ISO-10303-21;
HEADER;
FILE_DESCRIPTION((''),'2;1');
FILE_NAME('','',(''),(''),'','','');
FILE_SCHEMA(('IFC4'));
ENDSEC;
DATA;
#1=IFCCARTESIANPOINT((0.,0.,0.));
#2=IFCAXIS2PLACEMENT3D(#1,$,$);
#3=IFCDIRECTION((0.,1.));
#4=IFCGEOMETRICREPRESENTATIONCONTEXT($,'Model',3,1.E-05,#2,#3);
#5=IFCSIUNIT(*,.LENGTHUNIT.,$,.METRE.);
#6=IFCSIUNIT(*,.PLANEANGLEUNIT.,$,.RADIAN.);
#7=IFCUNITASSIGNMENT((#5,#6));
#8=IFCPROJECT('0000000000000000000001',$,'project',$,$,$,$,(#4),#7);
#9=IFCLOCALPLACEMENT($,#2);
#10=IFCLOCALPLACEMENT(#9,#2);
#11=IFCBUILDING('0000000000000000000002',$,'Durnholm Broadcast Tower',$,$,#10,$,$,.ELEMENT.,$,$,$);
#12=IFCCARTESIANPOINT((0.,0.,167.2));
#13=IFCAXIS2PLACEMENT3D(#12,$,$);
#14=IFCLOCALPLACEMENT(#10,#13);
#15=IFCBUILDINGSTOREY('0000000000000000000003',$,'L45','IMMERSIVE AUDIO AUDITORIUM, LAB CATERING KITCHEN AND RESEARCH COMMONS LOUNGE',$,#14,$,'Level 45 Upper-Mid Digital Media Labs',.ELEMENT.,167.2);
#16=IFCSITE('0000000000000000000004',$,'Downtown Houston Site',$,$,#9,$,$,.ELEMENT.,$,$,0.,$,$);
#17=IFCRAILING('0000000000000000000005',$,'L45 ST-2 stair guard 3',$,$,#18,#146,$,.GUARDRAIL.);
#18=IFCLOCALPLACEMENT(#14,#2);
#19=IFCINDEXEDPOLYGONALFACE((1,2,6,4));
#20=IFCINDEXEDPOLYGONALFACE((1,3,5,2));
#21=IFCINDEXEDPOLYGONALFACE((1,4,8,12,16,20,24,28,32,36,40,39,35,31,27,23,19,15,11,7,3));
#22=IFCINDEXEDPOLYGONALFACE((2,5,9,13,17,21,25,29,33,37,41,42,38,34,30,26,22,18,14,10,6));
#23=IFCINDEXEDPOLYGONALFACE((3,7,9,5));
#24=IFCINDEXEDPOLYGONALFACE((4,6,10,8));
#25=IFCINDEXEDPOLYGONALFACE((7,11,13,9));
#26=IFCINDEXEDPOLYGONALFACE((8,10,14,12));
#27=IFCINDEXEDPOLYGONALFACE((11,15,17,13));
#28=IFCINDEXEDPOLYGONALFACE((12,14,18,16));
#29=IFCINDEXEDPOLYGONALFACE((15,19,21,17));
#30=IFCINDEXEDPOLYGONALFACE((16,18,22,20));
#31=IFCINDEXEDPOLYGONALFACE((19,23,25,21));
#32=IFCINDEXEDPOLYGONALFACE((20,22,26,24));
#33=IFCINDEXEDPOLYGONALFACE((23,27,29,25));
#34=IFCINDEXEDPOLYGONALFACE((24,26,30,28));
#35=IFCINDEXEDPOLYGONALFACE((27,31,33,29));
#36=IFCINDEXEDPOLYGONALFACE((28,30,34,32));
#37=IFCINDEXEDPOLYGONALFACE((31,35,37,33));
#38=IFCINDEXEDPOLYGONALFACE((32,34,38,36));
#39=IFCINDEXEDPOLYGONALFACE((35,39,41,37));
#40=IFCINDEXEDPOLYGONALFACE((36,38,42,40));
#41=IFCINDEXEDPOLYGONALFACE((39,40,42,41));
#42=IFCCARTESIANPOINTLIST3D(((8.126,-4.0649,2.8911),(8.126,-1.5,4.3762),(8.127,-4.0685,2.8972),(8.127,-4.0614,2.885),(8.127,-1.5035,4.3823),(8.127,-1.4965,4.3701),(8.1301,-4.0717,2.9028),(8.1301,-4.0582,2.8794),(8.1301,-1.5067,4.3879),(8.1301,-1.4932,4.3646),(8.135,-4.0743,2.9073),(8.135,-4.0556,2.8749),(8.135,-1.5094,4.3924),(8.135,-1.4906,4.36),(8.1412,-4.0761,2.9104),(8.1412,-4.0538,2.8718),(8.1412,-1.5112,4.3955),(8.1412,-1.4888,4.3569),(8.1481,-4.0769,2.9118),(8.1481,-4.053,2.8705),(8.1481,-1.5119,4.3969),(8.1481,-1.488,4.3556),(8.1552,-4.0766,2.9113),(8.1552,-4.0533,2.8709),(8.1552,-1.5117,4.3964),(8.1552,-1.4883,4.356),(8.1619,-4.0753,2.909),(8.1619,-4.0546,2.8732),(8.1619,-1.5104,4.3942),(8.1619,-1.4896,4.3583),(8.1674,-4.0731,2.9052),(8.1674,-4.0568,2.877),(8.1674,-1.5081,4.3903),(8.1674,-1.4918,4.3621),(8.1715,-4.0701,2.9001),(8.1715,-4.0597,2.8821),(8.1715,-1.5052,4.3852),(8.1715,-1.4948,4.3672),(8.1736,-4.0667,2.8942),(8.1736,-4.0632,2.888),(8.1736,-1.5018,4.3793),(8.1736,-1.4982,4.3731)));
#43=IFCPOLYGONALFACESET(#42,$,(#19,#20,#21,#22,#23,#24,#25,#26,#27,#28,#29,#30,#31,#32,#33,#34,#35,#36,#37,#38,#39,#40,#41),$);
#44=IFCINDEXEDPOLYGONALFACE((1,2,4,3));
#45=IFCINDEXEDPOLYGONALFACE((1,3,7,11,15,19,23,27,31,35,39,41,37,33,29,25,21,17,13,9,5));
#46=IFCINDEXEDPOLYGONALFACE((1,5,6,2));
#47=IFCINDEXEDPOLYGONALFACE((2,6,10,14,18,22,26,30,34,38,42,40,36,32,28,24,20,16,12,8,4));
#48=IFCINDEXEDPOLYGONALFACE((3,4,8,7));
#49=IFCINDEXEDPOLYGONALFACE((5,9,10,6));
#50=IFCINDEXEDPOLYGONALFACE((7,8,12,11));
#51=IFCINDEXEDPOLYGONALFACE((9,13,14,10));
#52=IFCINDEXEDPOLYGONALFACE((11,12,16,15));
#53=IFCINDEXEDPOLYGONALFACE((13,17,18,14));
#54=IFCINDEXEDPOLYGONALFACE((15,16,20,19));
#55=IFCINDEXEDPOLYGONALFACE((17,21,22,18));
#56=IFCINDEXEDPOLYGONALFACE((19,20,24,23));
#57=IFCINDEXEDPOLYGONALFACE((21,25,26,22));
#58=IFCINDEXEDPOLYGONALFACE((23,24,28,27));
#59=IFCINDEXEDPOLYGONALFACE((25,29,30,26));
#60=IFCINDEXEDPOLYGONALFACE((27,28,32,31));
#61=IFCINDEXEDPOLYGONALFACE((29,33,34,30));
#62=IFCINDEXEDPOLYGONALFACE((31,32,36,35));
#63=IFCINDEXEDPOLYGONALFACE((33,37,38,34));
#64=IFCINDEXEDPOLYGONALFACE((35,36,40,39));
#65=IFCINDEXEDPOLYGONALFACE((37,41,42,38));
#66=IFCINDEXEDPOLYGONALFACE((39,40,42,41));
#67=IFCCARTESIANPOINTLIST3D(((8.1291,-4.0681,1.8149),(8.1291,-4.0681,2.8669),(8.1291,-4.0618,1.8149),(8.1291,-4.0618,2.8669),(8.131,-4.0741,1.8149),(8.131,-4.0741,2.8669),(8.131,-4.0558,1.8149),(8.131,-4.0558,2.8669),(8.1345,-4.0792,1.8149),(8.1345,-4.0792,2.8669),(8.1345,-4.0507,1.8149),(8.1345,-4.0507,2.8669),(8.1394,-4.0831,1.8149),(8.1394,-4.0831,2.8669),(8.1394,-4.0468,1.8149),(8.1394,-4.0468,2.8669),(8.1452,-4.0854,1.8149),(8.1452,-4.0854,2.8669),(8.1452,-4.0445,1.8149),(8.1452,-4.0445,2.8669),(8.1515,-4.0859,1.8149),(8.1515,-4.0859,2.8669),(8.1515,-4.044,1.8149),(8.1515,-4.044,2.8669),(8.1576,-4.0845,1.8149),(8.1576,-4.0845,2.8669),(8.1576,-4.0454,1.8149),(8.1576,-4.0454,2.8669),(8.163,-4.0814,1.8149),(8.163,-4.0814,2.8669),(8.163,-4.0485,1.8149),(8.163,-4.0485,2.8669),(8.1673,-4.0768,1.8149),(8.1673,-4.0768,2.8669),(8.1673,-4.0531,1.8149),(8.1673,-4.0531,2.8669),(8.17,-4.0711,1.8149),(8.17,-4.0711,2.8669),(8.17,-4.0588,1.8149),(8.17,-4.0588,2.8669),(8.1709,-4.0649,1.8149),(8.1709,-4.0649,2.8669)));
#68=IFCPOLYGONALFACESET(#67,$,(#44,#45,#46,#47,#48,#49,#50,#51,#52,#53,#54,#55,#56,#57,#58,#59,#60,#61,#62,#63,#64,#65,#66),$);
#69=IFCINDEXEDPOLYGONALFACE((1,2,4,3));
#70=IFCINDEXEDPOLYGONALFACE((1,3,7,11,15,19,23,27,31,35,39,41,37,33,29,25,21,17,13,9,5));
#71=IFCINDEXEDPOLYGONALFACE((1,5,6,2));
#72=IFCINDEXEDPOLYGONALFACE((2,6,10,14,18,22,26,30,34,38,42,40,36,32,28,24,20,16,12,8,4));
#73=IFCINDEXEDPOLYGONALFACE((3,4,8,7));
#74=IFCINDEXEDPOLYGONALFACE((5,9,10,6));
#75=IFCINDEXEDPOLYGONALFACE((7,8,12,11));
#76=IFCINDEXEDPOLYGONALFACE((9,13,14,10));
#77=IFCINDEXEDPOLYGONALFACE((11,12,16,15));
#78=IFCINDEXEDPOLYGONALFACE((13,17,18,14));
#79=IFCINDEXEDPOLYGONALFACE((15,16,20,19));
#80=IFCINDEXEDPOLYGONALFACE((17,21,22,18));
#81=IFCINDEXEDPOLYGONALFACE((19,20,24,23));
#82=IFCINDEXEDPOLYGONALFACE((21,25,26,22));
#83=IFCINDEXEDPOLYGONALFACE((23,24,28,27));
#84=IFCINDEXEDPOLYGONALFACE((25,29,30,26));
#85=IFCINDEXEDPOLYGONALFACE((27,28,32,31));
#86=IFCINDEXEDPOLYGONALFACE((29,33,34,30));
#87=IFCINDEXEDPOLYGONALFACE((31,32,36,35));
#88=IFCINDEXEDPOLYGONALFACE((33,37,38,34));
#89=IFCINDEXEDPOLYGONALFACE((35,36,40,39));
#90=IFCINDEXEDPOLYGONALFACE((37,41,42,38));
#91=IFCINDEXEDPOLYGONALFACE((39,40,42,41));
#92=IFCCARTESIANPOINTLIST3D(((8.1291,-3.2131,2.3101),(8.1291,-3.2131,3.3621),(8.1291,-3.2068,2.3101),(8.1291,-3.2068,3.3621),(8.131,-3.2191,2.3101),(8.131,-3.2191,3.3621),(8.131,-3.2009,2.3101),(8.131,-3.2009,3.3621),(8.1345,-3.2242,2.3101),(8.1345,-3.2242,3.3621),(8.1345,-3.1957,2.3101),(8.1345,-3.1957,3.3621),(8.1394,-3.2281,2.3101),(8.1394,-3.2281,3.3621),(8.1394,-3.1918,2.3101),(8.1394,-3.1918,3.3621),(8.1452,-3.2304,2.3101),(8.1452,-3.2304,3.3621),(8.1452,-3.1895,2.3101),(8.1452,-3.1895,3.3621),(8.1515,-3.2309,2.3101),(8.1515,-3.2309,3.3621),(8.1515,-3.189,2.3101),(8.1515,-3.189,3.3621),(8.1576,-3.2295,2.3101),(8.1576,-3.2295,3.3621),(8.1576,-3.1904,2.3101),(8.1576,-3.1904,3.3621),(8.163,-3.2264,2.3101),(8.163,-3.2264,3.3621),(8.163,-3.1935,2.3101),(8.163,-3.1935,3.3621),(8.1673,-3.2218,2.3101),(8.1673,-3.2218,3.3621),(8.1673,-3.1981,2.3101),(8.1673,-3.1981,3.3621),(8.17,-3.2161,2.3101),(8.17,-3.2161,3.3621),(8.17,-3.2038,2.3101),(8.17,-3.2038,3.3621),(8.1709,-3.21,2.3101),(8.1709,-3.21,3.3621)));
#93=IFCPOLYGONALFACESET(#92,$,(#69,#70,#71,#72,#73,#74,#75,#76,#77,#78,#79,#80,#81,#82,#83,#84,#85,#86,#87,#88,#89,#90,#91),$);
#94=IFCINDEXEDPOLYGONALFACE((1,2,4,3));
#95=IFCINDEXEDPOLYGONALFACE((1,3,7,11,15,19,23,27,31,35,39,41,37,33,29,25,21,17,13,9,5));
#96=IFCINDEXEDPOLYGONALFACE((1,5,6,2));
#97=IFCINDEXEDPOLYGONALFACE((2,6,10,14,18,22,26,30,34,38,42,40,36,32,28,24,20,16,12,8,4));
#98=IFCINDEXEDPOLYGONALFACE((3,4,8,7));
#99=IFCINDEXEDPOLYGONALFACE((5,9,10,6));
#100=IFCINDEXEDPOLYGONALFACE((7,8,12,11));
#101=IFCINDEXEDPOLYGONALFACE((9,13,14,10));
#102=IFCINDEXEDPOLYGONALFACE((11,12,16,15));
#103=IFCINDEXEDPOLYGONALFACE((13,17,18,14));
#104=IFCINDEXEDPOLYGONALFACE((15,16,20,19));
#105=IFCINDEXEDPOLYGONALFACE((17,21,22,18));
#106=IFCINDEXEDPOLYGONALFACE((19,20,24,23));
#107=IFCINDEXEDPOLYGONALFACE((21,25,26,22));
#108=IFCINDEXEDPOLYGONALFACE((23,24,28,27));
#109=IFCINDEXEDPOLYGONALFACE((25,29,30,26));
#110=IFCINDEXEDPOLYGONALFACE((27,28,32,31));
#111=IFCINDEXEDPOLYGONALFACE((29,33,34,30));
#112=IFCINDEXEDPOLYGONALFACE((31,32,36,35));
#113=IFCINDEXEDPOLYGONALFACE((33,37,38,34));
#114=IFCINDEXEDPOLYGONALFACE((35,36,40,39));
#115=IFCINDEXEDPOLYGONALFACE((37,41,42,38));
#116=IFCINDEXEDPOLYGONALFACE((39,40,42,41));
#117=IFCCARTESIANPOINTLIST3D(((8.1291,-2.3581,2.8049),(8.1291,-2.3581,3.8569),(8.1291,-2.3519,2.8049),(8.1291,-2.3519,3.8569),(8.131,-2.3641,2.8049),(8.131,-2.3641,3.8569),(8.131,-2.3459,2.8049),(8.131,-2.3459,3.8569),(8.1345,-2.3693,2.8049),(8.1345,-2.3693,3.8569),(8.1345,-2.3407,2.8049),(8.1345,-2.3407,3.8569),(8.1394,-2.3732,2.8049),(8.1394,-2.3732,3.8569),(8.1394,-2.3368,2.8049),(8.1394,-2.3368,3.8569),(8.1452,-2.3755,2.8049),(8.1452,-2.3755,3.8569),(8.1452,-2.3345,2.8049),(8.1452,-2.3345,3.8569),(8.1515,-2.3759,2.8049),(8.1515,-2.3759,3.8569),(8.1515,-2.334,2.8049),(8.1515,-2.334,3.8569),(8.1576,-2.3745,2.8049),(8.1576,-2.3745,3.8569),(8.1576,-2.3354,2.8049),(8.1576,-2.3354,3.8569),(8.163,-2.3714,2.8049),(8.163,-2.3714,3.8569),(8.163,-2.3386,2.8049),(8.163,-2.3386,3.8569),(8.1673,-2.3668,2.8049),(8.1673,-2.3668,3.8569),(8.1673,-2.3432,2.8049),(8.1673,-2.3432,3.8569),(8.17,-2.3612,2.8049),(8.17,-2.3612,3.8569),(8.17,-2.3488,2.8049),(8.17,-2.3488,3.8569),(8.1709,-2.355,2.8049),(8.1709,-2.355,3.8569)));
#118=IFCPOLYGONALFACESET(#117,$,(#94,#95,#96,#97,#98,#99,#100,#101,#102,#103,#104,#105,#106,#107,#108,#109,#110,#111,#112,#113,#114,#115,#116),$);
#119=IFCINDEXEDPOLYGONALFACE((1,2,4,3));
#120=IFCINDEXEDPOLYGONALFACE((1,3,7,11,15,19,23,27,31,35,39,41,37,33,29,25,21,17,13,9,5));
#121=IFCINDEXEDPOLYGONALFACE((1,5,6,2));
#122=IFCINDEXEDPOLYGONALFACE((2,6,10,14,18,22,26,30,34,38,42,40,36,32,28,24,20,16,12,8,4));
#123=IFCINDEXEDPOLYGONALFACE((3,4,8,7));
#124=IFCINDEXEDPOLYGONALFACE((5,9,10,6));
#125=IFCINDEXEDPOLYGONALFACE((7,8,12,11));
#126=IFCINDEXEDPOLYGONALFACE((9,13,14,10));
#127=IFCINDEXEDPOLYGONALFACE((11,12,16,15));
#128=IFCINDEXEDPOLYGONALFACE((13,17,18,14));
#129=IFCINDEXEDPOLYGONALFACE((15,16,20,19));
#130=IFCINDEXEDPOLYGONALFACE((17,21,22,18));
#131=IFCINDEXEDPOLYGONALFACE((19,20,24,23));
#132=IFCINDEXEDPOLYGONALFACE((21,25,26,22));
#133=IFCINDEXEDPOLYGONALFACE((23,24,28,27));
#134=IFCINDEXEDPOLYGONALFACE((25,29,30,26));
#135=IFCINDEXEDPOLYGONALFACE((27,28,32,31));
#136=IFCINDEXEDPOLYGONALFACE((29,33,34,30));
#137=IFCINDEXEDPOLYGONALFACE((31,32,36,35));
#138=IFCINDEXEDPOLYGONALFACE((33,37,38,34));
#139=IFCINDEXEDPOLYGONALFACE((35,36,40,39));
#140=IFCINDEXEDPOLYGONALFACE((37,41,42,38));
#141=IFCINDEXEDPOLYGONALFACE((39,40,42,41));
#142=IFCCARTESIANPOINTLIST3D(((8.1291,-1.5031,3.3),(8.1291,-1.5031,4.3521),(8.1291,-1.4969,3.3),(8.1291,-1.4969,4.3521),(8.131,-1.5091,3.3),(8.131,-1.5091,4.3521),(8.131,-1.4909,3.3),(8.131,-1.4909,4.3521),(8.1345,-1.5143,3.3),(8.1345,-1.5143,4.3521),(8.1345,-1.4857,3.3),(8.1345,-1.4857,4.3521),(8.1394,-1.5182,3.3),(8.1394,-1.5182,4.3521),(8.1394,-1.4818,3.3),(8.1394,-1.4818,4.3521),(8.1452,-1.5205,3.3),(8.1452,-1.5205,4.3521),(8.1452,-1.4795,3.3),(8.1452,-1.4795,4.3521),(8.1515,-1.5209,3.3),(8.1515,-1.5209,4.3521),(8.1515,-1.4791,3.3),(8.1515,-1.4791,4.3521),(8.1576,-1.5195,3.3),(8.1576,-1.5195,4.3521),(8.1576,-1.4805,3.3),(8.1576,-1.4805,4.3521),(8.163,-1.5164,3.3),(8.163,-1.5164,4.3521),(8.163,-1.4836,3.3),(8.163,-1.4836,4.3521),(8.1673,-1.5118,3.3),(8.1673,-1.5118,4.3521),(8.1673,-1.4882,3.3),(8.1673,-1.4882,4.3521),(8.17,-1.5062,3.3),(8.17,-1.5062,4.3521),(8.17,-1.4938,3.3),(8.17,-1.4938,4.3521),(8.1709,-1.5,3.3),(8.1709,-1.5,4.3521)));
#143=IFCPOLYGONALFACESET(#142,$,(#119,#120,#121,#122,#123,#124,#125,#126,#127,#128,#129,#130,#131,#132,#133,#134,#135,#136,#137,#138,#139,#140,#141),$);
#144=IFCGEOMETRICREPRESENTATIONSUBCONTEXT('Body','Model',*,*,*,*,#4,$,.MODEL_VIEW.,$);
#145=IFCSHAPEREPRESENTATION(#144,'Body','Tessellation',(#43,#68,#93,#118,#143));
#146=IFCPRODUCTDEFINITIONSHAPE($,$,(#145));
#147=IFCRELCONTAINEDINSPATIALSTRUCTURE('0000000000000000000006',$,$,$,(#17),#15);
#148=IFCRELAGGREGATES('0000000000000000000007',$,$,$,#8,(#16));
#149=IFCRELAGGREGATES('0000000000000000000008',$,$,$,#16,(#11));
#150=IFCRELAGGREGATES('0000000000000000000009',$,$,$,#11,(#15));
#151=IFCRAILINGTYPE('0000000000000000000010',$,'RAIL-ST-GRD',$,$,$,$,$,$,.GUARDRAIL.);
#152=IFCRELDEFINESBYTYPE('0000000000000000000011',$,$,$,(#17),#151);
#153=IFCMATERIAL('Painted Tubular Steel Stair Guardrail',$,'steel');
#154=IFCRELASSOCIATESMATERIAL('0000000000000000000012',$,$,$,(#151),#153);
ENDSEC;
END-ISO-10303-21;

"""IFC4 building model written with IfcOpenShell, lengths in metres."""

from ifc_helpers import new_model, si_unit, direction, frame, origin, origin_2d, place, context, subcontext, project, spatial, circle, extrude, material, type_object, element, save


model = new_model("IFC4")

# Units and contexts
model_context = context("Model", 3, precision=1e-05, world=origin(), true_north=direction((0.0, 1.0)))
body_context = subcontext(model_context, "Body", "Model", "MODEL_VIEW")
ifc_project = project(units=[si_unit("LENGTHUNIT", "METRE"), si_unit("PLANEANGLEUNIT", "RADIAN")], contexts=[model_context])

# Site, building, storey
site_placement = place(None, origin())
site = spatial("IfcSite", under=ifc_project, at=site_placement, Name="Downtown Houston Site", CompositionType="ELEMENT", RefElevation=0.0)
building_placement = place(site_placement, origin())
building = spatial("IfcBuilding", under=site, at=building_placement, Name="Durnholm Broadcast Tower", CompositionType="ELEMENT")
storey_placement = place(building_placement, frame((0.0, 0.0, 167.2)))
storey = spatial("IfcBuildingStorey", under=building, at=storey_placement, Name="L45", Description="IMMERSIVE AUDIO AUDITORIUM, LAB CATERING KITCHEN AND RESEARCH COMMONS LOUNGE", LongName="Level 45 Upper-Mid Digital Media Labs", CompositionType="ELEMENT", Elevation=167.2)

# Railing
ifc_material_1 = material(Name="Painted Tubular Steel Stair Guardrail", Category="steel")
railing_type_1 = type_object("IfcRailingType", Name="RAIL-ST-GRD", PredefinedType="GUARDRAIL", material=ifc_material_1)
railing_1_placement = place(storey_placement, frame((8.1499, -4.0649, 1.8149)))
element("IfcRailing", 1, at=railing_1_placement, inside=storey, type_object=railing_type_1, Name="L45 ST-2 stair guard 3", PredefinedType="GUARDRAIL", context=body_context, shape_type="SweptSolid", body=[
    extrude(circle(Radius=0.0239, at=origin_2d()), frame((0.0, 0.0, 1.0762), z_axis=(0.0, 0.865406, 0.501072), x_axis=(-1.0, 0.0, 0.0)), (0.0, 0.0, 1.0), 2.9639),
    extrude(circle(Radius=0.021, at=origin_2d()), origin(), (0.0, 0.0, 1.0), 1.052),
    extrude(circle(Radius=0.021, at=origin_2d()), frame((0.0, 0.855, 0.4951)), (0.0, 0.0, 1.0), 1.052),
    extrude(circle(Radius=0.021, at=origin_2d()), frame((0.0, 1.71, 0.99)), (0.0, 0.0, 1.0), 1.052),
    extrude(circle(Radius=0.021, at=origin_2d()), frame((0.0, 2.5649, 1.4851)), (0.0, 0.0, 1.0), 1.052),
])

save(model, "model.ifc")
